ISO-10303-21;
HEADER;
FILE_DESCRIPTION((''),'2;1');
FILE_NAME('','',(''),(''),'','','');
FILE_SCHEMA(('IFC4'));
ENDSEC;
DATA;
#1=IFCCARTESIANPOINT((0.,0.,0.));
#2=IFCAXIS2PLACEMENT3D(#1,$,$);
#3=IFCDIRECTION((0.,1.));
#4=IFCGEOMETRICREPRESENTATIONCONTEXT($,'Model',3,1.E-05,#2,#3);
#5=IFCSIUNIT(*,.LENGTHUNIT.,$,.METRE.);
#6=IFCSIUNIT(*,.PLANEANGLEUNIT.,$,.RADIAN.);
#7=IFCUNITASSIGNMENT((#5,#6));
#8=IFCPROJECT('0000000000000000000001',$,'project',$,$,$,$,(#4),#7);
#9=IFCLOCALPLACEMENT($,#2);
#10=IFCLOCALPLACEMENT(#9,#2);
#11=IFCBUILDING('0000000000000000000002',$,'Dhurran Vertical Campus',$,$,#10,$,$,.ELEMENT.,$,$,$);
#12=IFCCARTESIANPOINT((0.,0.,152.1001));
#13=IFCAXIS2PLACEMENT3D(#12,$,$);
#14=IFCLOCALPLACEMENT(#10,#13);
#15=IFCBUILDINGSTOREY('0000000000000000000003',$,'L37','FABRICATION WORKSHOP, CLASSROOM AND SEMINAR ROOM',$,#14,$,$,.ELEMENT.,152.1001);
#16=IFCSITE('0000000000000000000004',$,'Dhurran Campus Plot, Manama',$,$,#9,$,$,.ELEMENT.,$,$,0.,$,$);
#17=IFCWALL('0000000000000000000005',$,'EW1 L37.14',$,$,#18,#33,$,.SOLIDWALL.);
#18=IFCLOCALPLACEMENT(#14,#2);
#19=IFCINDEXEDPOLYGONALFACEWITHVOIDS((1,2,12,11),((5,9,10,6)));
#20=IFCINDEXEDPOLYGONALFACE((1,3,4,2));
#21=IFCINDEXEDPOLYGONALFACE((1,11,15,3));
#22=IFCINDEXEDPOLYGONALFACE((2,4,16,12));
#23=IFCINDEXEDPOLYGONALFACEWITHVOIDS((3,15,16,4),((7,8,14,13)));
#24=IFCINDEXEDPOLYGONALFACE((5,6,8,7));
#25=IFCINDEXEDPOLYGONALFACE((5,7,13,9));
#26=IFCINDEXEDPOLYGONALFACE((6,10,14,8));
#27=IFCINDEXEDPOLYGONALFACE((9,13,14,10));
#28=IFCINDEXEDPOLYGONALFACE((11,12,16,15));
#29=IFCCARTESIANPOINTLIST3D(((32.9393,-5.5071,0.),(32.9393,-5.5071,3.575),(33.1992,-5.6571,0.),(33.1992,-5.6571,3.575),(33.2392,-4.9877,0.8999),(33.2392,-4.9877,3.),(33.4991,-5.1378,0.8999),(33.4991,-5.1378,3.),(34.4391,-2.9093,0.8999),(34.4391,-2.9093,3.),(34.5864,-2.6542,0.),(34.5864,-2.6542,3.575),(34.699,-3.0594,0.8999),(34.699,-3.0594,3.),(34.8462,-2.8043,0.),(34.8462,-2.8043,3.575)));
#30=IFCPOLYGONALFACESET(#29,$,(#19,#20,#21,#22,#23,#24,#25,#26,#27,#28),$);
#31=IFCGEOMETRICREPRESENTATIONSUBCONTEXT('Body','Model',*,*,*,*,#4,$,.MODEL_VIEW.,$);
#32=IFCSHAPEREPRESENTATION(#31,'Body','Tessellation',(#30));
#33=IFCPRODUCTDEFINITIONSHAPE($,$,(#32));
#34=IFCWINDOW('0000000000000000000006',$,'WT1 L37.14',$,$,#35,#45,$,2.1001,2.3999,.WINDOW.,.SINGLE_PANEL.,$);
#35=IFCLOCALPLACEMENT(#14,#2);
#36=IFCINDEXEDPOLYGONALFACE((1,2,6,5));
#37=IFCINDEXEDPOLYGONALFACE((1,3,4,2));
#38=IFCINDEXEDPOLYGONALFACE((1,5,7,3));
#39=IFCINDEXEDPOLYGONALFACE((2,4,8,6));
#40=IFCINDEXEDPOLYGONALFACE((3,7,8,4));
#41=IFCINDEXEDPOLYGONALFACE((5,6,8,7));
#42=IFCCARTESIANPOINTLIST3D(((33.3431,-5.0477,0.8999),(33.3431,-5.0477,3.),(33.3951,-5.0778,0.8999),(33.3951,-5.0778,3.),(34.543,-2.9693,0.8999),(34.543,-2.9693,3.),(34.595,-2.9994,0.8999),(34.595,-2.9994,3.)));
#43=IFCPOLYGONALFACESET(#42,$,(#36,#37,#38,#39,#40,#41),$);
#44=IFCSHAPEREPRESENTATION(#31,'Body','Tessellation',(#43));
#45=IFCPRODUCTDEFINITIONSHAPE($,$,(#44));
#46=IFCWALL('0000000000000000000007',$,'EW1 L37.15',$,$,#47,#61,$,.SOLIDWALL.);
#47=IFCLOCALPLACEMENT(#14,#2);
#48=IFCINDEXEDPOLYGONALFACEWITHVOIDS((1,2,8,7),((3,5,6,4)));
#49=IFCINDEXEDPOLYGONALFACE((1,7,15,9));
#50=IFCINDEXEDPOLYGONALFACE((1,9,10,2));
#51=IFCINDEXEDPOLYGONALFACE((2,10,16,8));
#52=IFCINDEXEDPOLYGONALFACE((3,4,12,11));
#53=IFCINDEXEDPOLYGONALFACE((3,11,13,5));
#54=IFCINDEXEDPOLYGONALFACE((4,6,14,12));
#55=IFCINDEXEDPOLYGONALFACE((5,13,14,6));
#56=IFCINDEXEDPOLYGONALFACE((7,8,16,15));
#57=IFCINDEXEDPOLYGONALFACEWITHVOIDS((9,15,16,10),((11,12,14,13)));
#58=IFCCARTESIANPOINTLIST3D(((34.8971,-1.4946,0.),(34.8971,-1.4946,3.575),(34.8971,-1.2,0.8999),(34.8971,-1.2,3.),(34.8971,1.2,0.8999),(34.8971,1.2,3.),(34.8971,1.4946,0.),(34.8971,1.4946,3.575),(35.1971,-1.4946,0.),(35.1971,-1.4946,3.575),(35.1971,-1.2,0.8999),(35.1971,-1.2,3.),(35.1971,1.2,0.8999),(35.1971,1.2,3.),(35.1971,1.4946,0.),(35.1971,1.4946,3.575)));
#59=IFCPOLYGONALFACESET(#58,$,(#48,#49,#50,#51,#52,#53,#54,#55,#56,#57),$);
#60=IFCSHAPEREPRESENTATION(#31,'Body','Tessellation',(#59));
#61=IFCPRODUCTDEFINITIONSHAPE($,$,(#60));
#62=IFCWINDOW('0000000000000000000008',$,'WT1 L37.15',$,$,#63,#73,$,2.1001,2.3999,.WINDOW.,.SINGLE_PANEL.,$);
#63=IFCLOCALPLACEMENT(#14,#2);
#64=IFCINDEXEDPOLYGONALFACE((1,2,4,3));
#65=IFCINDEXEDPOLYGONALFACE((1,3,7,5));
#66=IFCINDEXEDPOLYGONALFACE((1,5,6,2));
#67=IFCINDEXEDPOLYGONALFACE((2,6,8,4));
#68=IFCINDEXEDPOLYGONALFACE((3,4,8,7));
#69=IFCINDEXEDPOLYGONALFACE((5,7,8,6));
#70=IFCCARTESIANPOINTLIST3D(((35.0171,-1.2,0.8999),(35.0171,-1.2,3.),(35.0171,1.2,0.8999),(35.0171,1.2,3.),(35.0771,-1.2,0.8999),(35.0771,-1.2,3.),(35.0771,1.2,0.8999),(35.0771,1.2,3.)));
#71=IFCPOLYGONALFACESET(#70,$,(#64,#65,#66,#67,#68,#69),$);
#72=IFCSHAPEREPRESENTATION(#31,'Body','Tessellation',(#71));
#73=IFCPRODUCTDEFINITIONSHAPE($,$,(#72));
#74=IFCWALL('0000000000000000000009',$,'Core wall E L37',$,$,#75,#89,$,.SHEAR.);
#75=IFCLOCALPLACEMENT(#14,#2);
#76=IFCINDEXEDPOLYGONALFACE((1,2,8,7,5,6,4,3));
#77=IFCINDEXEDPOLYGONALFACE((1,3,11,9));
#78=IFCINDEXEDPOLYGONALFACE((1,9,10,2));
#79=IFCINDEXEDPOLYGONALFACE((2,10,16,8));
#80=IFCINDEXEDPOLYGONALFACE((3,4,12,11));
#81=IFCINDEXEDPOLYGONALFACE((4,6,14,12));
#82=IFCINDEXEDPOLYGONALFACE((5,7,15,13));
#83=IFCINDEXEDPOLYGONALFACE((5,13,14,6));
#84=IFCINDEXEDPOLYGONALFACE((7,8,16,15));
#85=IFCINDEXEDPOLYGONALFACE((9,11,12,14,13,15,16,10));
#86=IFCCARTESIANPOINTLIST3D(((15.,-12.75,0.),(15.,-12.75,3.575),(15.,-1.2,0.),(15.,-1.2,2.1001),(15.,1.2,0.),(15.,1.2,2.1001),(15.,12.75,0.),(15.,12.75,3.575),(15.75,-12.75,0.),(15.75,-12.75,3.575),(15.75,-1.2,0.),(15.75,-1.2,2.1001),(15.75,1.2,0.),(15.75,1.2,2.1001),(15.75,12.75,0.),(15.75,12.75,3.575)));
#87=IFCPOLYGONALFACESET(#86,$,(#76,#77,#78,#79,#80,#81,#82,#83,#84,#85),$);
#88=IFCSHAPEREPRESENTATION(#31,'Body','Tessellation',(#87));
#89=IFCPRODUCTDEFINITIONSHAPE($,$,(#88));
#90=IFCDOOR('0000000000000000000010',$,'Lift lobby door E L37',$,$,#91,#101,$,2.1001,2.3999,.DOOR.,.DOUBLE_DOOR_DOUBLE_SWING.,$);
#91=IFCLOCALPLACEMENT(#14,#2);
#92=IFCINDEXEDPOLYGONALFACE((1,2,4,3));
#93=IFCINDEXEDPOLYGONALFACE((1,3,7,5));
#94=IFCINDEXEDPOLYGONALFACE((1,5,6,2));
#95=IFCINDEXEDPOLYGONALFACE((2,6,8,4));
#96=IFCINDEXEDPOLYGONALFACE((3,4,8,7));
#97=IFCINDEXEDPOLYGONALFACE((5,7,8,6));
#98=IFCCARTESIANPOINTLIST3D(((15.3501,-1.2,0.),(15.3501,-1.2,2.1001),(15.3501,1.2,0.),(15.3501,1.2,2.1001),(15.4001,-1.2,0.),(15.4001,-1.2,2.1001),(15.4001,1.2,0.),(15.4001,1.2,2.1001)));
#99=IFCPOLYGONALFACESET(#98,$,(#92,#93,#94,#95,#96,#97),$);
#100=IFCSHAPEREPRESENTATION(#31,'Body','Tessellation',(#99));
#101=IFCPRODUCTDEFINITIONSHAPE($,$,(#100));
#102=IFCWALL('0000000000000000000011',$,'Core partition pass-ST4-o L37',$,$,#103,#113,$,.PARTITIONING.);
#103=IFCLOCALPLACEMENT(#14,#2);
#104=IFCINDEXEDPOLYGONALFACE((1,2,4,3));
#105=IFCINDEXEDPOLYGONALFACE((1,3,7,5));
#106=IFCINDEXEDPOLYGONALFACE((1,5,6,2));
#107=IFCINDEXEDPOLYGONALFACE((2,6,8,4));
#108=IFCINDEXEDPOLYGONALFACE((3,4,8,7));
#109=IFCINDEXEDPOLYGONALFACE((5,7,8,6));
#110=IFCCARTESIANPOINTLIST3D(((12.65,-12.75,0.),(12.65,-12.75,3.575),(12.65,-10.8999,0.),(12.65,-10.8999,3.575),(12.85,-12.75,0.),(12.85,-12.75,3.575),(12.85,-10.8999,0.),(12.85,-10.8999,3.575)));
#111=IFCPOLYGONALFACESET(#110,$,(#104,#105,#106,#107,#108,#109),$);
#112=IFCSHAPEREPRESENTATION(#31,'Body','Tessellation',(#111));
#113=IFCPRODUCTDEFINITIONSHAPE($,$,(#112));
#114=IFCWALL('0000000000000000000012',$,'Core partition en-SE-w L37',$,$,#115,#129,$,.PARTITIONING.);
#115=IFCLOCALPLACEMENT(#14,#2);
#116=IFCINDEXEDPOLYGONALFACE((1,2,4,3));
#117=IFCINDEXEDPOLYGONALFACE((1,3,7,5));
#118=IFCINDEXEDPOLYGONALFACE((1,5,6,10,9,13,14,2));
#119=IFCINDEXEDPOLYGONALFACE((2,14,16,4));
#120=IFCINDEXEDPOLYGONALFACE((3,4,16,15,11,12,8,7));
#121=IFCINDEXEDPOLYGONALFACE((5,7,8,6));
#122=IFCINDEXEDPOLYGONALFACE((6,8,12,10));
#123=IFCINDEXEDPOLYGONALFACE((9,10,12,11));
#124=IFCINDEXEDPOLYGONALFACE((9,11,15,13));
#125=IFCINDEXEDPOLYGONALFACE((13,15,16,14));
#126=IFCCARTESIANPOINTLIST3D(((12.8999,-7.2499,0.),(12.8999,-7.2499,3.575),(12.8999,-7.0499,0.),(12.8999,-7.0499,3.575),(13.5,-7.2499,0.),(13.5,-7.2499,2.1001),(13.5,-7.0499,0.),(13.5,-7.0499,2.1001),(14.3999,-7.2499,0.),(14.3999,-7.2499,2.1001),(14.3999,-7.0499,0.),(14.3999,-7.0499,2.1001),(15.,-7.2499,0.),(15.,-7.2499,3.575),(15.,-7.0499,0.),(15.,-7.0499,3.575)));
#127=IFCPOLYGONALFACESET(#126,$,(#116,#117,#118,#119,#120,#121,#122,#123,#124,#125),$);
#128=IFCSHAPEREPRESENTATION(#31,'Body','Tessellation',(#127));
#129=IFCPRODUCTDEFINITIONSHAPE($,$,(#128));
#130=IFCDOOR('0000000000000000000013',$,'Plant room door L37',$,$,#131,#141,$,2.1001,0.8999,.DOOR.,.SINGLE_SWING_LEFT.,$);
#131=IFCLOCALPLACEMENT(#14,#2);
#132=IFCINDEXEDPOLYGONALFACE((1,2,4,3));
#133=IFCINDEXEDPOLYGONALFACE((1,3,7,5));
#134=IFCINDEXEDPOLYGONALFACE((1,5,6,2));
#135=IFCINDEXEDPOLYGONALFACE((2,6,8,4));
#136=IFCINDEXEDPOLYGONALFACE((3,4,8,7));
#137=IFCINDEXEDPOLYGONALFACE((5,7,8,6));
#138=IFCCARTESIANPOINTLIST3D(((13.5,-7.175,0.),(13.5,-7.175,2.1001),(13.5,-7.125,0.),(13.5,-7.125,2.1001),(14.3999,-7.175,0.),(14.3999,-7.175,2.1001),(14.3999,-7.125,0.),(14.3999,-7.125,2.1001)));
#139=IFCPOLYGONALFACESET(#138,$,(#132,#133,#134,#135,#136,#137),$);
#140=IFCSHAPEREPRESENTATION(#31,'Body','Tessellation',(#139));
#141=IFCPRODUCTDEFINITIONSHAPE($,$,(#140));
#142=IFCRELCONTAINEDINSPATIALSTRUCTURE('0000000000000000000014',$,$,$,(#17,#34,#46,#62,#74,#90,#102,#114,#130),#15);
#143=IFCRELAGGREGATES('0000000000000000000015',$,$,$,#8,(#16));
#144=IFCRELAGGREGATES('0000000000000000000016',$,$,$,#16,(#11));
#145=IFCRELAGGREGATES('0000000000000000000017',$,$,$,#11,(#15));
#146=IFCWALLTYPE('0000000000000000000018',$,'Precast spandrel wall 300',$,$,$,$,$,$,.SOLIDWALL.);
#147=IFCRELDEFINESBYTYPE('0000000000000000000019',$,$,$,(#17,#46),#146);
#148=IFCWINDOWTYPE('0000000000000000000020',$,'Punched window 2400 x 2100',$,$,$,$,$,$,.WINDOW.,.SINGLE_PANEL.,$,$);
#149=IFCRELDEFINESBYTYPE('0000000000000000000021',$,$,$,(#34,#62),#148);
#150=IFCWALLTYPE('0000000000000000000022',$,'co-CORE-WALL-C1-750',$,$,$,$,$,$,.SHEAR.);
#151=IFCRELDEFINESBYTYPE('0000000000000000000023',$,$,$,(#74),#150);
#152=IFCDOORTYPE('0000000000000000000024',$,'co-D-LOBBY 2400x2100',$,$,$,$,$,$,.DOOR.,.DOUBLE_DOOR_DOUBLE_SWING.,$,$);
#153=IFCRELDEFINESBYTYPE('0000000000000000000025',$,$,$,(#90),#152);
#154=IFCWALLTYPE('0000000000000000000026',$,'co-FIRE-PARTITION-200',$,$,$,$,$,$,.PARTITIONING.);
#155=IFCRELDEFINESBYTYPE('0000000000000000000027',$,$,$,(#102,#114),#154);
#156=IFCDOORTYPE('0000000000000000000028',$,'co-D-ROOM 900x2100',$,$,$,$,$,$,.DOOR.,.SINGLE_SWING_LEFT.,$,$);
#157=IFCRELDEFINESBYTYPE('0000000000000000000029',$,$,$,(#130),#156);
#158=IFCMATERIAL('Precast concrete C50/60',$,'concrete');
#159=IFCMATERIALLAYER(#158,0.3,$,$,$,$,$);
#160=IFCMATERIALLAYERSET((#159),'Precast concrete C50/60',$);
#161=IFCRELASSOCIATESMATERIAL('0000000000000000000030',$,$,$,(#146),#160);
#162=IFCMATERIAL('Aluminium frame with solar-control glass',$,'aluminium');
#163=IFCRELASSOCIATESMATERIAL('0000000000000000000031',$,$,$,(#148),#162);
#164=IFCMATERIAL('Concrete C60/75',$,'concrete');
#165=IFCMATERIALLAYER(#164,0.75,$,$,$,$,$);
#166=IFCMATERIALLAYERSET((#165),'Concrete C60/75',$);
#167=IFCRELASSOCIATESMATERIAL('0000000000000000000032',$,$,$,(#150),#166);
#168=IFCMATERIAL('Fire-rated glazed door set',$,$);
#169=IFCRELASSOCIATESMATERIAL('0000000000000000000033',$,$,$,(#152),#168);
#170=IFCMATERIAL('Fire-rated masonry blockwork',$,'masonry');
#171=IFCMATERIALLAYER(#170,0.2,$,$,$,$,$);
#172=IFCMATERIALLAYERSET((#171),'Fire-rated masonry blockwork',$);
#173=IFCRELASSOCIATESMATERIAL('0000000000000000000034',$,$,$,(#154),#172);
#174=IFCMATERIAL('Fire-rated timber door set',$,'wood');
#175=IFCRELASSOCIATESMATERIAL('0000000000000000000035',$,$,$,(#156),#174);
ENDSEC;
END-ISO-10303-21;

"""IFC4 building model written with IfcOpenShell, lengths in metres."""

from ifc_helpers import new_model, si_unit, direction, frame, frame_2d, origin, place, context, subcontext, project, spatial, rectangle, extrude, material, layer, layer_set, type_object, element, fill, save


model = new_model("IFC4")

# Units and contexts
model_context = context("Model", 3, precision=1e-05, world=origin(), true_north=direction((0.0, 1.0)))
body_context = subcontext(model_context, "Body", "Model", "MODEL_VIEW")
ifc_project = project(units=[si_unit("LENGTHUNIT", "METRE"), si_unit("PLANEANGLEUNIT", "RADIAN")], contexts=[model_context])

# Site, building, storey
site_placement = place(None, origin())
site = spatial("IfcSite", under=ifc_project, at=site_placement, Name="Dhurran Campus Plot, Manama", CompositionType="ELEMENT", RefElevation=0.0)
building_placement = place(site_placement, origin())
building = spatial("IfcBuilding", under=site, at=building_placement, Name="Dhurran Vertical Campus", CompositionType="ELEMENT")
storey_placement = place(building_placement, frame((0.0, 0.0, 152.1001)))
storey = spatial("IfcBuildingStorey", under=building, at=storey_placement, Name="L37", Description="FABRICATION WORKSHOP, CLASSROOM AND SEMINAR ROOM", CompositionType="ELEMENT", Elevation=152.1001)

# Walls, openings, windows
ifc_material_1 = material(Name="Precast concrete C50/60", Category="concrete")
ifc_layer_1 = layer(ifc_material_1, 0.3)
ifc_layer_set_1 = layer_set([ifc_layer_1], Name="Precast concrete C50/60")
wall_type_1 = type_object("IfcWallType", Name="Precast spandrel wall 300", PredefinedType="SOLIDWALL", material=ifc_layer_set_1)
ifc_material_2 = material(Name="Aluminium frame with solar-control glass", Category="aluminium")
window_type = type_object("IfcWindowType", Name="Punched window 2400 x 2100", PartitioningType="SINGLE_PANEL", PredefinedType="WINDOW", material=ifc_material_2)
wall_1_placement = place(storey_placement, frame((33.0693, -5.582, 0.0), z_axis=(0.0, 0.0, 1.0), x_axis=(0.499981, 0.866036, 0.0)))
wall_1 = element("IfcWall", 1, at=wall_1_placement, inside=storey, type_object=wall_type_1, Name="EW1 L37.14", PredefinedType="SOLIDWALL", context=body_context, shape_type="SweptSolid", body=[
    extrude(rectangle(XDim=3.2942, YDim=0.3, at=frame_2d((1.647, 0.0))), origin(), (0.0, 0.0, 1.0), 3.575),
])
opening_1_placement = place(wall_1_placement, frame((0.5996, 0.0, 0.8999)))
opening_1 = element("IfcOpeningElement", 2, at=opening_1_placement, cuts=wall_1, PredefinedType="OPENING", context=body_context, shape_type="SweptSolid", body=[
    extrude(rectangle(XDim=2.3999, YDim=2.1001, at=frame_2d((1.2, 1.05))), frame((0.0, 0.1599, 0.0), z_axis=(0.0, -1.0, 0.0), x_axis=(1.0, 0.0, 0.0)), (0.0, 0.0, 1.0), 0.3201),
])
window_1_placement = place(opening_1_placement, origin())
window_1 = element("IfcWindow", 3, at=window_1_placement, inside=storey, type_object=window_type, Name="WT1 L37.14", OverallHeight=2.1001, OverallWidth=2.3999, PartitioningType="SINGLE_PANEL", PredefinedType="WINDOW", context=body_context, shape_type="SweptSolid", body=[
    extrude(rectangle(XDim=2.3999, YDim=2.1001, at=frame_2d((1.2, 1.05))), frame((0.0, 0.03, 0.0), z_axis=(0.0, -1.0, 0.0), x_axis=(1.0, 0.0, 0.0)), (0.0, 0.0, 1.0), 0.0601),
])
fill(opening_1, window_1)
wall_2_placement = place(storey_placement, frame((35.0471, -1.4946, 0.0), z_axis=(0.0, 0.0, 1.0), x_axis=(0.0, 1.0, 0.0)))
wall_2 = element("IfcWall", 4, at=wall_2_placement, inside=storey, type_object=wall_type_1, Name="EW1 L37.15", PredefinedType="SOLIDWALL", context=body_context, shape_type="SweptSolid", body=[
    extrude(rectangle(XDim=2.9893, YDim=0.3, at=frame_2d((1.4946, 0.0))), origin(), (0.0, 0.0, 1.0), 3.575),
])
opening_2_placement = place(wall_2_placement, frame((0.2947, 0.0, 0.8999)))
opening_2 = element("IfcOpeningElement", 5, at=opening_2_placement, cuts=wall_2, PredefinedType="OPENING", context=body_context, shape_type="SweptSolid", body=[
    extrude(rectangle(XDim=2.3999, YDim=2.1001, at=frame_2d((1.2, 1.05))), frame((0.0, 0.1599, 0.0), z_axis=(0.0, -1.0, 0.0), x_axis=(1.0, 0.0, 0.0)), (0.0, 0.0, 1.0), 0.3201),
])
window_2_placement = place(opening_2_placement, origin())
window_2 = element("IfcWindow", 6, at=window_2_placement, inside=storey, type_object=window_type, Name="WT1 L37.15", OverallHeight=2.1001, OverallWidth=2.3999, PartitioningType="SINGLE_PANEL", PredefinedType="WINDOW", context=body_context, shape_type="SweptSolid", body=[
    extrude(rectangle(XDim=2.3999, YDim=2.1001, at=frame_2d((1.2, 1.05))), frame((0.0, 0.03, 0.0), z_axis=(0.0, -1.0, 0.0), x_axis=(1.0, 0.0, 0.0)), (0.0, 0.0, 1.0), 0.0601),
])
fill(opening_2, window_2)

# Wall, opening, door
ifc_material_3 = material(Name="Concrete C60/75", Category="concrete")
ifc_layer_2 = layer(ifc_material_3, 0.75)
ifc_layer_set_2 = layer_set([ifc_layer_2], Name="Concrete C60/75")
wall_type_2 = type_object("IfcWallType", Name="co-CORE-WALL-C1-750", PredefinedType="SHEAR", material=ifc_layer_set_2)
wall_3_placement = place(storey_placement, frame((15.375, -12.75, 0.0), z_axis=(0.0, 0.0, 1.0), x_axis=(0.0, 1.0, 0.0)))
wall_3 = element("IfcWall", 7, at=wall_3_placement, inside=storey, type_object=wall_type_2, Name="Core wall E L37", PredefinedType="SHEAR", context=body_context, shape_type="SweptSolid", body=[
    extrude(rectangle(XDim=25.5, YDim=0.75, at=frame_2d((12.75, 0.0))), origin(), (0.0, 0.0, 1.0), 3.575),
])
opening_3_placement = place(wall_3_placement, frame((11.55, 0.0, 0.0)))
opening_3 = element("IfcOpeningElement", 8, at=opening_3_placement, cuts=wall_3, PredefinedType="OPENING", context=body_context, shape_type="SweptSolid", body=[
    extrude(rectangle(XDim=2.3999, YDim=2.1001, at=frame_2d((1.2, 1.05))), frame((0.0, 0.385, 0.0), z_axis=(0.0, -1.0, 0.0), x_axis=(1.0, 0.0, 0.0)), (0.0, 0.0, 1.0), 0.77),
])
ifc_material_4 = material(Name="Fire-rated glazed door set")
door_type_1 = type_object("IfcDoorType", Name="co-D-LOBBY 2400x2100", OperationType="DOUBLE_DOOR_DOUBLE_SWING", PredefinedType="DOOR", material=ifc_material_4)
door_1_placement = place(opening_3_placement, origin())
door_1 = element("IfcDoor", 9, at=door_1_placement, inside=storey, type_object=door_type_1, Name="Lift lobby door E L37", OperationType="DOUBLE_DOOR_DOUBLE_SWING", OverallHeight=2.1001, OverallWidth=2.3999, PredefinedType="DOOR", context=body_context, shape_type="SweptSolid", body=[
    extrude(rectangle(XDim=2.3999, YDim=2.1001, at=frame_2d((1.2, 1.05))), frame((0.0, 0.0249, 0.0), z_axis=(0.0, -1.0, 0.0), x_axis=(1.0, 0.0, 0.0)), (0.0, 0.0, 1.0), 0.05),
])
fill(opening_3, door_1)

# Wall
ifc_material_5 = material(Name="Fire-rated masonry blockwork", Category="masonry")
ifc_layer_3 = layer(ifc_material_5, 0.2)
ifc_layer_set_3 = layer_set([ifc_layer_3], Name="Fire-rated masonry blockwork")
wall_type_3 = type_object("IfcWallType", Name="co-FIRE-PARTITION-200", PredefinedType="PARTITIONING", material=ifc_layer_set_3)
wall_4_placement = place(storey_placement, frame((12.75, -12.75, 0.0), z_axis=(0.0, 0.0, 1.0), x_axis=(0.0, 1.0, 0.0)))
element("IfcWall", 10, at=wall_4_placement, inside=storey, type_object=wall_type_3, Name="Core partition pass-ST4-o L37", PredefinedType="PARTITIONING", context=body_context, shape_type="SweptSolid", body=[
    extrude(rectangle(XDim=1.8501, YDim=0.2, at=frame_2d((0.925, 0.0))), origin(), (0.0, 0.0, 1.0), 3.575),
])

# Wall, opening, door
wall_5_placement = place(storey_placement, frame((12.8999, -7.1499, 0.0), z_axis=(0.0, 0.0, 1.0), x_axis=(1.0, 0.0, 0.0)))
wall_5 = element("IfcWall", 11, at=wall_5_placement, inside=storey, type_object=wall_type_3, Name="Core partition en-SE-w L37", PredefinedType="PARTITIONING", context=body_context, shape_type="SweptSolid", body=[
    extrude(rectangle(XDim=2.1001, YDim=0.2, at=frame_2d((1.05, 0.0))), origin(), (0.0, 0.0, 1.0), 3.575),
])
opening_4_placement = place(wall_5_placement, frame((0.6001, 0.0, 0.0)))
opening_4 = element("IfcOpeningElement", 12, at=opening_4_placement, cuts=wall_5, PredefinedType="OPENING", context=body_context, shape_type="SweptSolid", body=[
    extrude(rectangle(XDim=0.8999, YDim=2.1001, at=frame_2d((0.45, 1.05))), frame((0.0, 0.1099, 0.0), z_axis=(0.0, -1.0, 0.0), x_axis=(1.0, 0.0, 0.0)), (0.0, 0.0, 1.0), 0.22),
])
ifc_material_6 = material(Name="Fire-rated timber door set", Category="wood")
door_type_2 = type_object("IfcDoorType", Name="co-D-ROOM 900x2100", OperationType="SINGLE_SWING_LEFT", PredefinedType="DOOR", material=ifc_material_6)
door_2_placement = place(opening_4_placement, origin())
door_2 = element("IfcDoor", 13, at=door_2_placement, inside=storey, type_object=door_type_2, Name="Plant room door L37", OperationType="SINGLE_SWING_LEFT", OverallHeight=2.1001, OverallWidth=0.8999, PredefinedType="DOOR", context=body_context, shape_type="SweptSolid", body=[
    extrude(rectangle(XDim=0.8999, YDim=2.1001, at=frame_2d((0.45, 1.05))), frame((0.0, 0.0249, 0.0), z_axis=(0.0, -1.0, 0.0), x_axis=(1.0, 0.0, 0.0)), (0.0, 0.0, 1.0), 0.05),
])
fill(opening_4, door_2)

save(model, "model.ifc")
